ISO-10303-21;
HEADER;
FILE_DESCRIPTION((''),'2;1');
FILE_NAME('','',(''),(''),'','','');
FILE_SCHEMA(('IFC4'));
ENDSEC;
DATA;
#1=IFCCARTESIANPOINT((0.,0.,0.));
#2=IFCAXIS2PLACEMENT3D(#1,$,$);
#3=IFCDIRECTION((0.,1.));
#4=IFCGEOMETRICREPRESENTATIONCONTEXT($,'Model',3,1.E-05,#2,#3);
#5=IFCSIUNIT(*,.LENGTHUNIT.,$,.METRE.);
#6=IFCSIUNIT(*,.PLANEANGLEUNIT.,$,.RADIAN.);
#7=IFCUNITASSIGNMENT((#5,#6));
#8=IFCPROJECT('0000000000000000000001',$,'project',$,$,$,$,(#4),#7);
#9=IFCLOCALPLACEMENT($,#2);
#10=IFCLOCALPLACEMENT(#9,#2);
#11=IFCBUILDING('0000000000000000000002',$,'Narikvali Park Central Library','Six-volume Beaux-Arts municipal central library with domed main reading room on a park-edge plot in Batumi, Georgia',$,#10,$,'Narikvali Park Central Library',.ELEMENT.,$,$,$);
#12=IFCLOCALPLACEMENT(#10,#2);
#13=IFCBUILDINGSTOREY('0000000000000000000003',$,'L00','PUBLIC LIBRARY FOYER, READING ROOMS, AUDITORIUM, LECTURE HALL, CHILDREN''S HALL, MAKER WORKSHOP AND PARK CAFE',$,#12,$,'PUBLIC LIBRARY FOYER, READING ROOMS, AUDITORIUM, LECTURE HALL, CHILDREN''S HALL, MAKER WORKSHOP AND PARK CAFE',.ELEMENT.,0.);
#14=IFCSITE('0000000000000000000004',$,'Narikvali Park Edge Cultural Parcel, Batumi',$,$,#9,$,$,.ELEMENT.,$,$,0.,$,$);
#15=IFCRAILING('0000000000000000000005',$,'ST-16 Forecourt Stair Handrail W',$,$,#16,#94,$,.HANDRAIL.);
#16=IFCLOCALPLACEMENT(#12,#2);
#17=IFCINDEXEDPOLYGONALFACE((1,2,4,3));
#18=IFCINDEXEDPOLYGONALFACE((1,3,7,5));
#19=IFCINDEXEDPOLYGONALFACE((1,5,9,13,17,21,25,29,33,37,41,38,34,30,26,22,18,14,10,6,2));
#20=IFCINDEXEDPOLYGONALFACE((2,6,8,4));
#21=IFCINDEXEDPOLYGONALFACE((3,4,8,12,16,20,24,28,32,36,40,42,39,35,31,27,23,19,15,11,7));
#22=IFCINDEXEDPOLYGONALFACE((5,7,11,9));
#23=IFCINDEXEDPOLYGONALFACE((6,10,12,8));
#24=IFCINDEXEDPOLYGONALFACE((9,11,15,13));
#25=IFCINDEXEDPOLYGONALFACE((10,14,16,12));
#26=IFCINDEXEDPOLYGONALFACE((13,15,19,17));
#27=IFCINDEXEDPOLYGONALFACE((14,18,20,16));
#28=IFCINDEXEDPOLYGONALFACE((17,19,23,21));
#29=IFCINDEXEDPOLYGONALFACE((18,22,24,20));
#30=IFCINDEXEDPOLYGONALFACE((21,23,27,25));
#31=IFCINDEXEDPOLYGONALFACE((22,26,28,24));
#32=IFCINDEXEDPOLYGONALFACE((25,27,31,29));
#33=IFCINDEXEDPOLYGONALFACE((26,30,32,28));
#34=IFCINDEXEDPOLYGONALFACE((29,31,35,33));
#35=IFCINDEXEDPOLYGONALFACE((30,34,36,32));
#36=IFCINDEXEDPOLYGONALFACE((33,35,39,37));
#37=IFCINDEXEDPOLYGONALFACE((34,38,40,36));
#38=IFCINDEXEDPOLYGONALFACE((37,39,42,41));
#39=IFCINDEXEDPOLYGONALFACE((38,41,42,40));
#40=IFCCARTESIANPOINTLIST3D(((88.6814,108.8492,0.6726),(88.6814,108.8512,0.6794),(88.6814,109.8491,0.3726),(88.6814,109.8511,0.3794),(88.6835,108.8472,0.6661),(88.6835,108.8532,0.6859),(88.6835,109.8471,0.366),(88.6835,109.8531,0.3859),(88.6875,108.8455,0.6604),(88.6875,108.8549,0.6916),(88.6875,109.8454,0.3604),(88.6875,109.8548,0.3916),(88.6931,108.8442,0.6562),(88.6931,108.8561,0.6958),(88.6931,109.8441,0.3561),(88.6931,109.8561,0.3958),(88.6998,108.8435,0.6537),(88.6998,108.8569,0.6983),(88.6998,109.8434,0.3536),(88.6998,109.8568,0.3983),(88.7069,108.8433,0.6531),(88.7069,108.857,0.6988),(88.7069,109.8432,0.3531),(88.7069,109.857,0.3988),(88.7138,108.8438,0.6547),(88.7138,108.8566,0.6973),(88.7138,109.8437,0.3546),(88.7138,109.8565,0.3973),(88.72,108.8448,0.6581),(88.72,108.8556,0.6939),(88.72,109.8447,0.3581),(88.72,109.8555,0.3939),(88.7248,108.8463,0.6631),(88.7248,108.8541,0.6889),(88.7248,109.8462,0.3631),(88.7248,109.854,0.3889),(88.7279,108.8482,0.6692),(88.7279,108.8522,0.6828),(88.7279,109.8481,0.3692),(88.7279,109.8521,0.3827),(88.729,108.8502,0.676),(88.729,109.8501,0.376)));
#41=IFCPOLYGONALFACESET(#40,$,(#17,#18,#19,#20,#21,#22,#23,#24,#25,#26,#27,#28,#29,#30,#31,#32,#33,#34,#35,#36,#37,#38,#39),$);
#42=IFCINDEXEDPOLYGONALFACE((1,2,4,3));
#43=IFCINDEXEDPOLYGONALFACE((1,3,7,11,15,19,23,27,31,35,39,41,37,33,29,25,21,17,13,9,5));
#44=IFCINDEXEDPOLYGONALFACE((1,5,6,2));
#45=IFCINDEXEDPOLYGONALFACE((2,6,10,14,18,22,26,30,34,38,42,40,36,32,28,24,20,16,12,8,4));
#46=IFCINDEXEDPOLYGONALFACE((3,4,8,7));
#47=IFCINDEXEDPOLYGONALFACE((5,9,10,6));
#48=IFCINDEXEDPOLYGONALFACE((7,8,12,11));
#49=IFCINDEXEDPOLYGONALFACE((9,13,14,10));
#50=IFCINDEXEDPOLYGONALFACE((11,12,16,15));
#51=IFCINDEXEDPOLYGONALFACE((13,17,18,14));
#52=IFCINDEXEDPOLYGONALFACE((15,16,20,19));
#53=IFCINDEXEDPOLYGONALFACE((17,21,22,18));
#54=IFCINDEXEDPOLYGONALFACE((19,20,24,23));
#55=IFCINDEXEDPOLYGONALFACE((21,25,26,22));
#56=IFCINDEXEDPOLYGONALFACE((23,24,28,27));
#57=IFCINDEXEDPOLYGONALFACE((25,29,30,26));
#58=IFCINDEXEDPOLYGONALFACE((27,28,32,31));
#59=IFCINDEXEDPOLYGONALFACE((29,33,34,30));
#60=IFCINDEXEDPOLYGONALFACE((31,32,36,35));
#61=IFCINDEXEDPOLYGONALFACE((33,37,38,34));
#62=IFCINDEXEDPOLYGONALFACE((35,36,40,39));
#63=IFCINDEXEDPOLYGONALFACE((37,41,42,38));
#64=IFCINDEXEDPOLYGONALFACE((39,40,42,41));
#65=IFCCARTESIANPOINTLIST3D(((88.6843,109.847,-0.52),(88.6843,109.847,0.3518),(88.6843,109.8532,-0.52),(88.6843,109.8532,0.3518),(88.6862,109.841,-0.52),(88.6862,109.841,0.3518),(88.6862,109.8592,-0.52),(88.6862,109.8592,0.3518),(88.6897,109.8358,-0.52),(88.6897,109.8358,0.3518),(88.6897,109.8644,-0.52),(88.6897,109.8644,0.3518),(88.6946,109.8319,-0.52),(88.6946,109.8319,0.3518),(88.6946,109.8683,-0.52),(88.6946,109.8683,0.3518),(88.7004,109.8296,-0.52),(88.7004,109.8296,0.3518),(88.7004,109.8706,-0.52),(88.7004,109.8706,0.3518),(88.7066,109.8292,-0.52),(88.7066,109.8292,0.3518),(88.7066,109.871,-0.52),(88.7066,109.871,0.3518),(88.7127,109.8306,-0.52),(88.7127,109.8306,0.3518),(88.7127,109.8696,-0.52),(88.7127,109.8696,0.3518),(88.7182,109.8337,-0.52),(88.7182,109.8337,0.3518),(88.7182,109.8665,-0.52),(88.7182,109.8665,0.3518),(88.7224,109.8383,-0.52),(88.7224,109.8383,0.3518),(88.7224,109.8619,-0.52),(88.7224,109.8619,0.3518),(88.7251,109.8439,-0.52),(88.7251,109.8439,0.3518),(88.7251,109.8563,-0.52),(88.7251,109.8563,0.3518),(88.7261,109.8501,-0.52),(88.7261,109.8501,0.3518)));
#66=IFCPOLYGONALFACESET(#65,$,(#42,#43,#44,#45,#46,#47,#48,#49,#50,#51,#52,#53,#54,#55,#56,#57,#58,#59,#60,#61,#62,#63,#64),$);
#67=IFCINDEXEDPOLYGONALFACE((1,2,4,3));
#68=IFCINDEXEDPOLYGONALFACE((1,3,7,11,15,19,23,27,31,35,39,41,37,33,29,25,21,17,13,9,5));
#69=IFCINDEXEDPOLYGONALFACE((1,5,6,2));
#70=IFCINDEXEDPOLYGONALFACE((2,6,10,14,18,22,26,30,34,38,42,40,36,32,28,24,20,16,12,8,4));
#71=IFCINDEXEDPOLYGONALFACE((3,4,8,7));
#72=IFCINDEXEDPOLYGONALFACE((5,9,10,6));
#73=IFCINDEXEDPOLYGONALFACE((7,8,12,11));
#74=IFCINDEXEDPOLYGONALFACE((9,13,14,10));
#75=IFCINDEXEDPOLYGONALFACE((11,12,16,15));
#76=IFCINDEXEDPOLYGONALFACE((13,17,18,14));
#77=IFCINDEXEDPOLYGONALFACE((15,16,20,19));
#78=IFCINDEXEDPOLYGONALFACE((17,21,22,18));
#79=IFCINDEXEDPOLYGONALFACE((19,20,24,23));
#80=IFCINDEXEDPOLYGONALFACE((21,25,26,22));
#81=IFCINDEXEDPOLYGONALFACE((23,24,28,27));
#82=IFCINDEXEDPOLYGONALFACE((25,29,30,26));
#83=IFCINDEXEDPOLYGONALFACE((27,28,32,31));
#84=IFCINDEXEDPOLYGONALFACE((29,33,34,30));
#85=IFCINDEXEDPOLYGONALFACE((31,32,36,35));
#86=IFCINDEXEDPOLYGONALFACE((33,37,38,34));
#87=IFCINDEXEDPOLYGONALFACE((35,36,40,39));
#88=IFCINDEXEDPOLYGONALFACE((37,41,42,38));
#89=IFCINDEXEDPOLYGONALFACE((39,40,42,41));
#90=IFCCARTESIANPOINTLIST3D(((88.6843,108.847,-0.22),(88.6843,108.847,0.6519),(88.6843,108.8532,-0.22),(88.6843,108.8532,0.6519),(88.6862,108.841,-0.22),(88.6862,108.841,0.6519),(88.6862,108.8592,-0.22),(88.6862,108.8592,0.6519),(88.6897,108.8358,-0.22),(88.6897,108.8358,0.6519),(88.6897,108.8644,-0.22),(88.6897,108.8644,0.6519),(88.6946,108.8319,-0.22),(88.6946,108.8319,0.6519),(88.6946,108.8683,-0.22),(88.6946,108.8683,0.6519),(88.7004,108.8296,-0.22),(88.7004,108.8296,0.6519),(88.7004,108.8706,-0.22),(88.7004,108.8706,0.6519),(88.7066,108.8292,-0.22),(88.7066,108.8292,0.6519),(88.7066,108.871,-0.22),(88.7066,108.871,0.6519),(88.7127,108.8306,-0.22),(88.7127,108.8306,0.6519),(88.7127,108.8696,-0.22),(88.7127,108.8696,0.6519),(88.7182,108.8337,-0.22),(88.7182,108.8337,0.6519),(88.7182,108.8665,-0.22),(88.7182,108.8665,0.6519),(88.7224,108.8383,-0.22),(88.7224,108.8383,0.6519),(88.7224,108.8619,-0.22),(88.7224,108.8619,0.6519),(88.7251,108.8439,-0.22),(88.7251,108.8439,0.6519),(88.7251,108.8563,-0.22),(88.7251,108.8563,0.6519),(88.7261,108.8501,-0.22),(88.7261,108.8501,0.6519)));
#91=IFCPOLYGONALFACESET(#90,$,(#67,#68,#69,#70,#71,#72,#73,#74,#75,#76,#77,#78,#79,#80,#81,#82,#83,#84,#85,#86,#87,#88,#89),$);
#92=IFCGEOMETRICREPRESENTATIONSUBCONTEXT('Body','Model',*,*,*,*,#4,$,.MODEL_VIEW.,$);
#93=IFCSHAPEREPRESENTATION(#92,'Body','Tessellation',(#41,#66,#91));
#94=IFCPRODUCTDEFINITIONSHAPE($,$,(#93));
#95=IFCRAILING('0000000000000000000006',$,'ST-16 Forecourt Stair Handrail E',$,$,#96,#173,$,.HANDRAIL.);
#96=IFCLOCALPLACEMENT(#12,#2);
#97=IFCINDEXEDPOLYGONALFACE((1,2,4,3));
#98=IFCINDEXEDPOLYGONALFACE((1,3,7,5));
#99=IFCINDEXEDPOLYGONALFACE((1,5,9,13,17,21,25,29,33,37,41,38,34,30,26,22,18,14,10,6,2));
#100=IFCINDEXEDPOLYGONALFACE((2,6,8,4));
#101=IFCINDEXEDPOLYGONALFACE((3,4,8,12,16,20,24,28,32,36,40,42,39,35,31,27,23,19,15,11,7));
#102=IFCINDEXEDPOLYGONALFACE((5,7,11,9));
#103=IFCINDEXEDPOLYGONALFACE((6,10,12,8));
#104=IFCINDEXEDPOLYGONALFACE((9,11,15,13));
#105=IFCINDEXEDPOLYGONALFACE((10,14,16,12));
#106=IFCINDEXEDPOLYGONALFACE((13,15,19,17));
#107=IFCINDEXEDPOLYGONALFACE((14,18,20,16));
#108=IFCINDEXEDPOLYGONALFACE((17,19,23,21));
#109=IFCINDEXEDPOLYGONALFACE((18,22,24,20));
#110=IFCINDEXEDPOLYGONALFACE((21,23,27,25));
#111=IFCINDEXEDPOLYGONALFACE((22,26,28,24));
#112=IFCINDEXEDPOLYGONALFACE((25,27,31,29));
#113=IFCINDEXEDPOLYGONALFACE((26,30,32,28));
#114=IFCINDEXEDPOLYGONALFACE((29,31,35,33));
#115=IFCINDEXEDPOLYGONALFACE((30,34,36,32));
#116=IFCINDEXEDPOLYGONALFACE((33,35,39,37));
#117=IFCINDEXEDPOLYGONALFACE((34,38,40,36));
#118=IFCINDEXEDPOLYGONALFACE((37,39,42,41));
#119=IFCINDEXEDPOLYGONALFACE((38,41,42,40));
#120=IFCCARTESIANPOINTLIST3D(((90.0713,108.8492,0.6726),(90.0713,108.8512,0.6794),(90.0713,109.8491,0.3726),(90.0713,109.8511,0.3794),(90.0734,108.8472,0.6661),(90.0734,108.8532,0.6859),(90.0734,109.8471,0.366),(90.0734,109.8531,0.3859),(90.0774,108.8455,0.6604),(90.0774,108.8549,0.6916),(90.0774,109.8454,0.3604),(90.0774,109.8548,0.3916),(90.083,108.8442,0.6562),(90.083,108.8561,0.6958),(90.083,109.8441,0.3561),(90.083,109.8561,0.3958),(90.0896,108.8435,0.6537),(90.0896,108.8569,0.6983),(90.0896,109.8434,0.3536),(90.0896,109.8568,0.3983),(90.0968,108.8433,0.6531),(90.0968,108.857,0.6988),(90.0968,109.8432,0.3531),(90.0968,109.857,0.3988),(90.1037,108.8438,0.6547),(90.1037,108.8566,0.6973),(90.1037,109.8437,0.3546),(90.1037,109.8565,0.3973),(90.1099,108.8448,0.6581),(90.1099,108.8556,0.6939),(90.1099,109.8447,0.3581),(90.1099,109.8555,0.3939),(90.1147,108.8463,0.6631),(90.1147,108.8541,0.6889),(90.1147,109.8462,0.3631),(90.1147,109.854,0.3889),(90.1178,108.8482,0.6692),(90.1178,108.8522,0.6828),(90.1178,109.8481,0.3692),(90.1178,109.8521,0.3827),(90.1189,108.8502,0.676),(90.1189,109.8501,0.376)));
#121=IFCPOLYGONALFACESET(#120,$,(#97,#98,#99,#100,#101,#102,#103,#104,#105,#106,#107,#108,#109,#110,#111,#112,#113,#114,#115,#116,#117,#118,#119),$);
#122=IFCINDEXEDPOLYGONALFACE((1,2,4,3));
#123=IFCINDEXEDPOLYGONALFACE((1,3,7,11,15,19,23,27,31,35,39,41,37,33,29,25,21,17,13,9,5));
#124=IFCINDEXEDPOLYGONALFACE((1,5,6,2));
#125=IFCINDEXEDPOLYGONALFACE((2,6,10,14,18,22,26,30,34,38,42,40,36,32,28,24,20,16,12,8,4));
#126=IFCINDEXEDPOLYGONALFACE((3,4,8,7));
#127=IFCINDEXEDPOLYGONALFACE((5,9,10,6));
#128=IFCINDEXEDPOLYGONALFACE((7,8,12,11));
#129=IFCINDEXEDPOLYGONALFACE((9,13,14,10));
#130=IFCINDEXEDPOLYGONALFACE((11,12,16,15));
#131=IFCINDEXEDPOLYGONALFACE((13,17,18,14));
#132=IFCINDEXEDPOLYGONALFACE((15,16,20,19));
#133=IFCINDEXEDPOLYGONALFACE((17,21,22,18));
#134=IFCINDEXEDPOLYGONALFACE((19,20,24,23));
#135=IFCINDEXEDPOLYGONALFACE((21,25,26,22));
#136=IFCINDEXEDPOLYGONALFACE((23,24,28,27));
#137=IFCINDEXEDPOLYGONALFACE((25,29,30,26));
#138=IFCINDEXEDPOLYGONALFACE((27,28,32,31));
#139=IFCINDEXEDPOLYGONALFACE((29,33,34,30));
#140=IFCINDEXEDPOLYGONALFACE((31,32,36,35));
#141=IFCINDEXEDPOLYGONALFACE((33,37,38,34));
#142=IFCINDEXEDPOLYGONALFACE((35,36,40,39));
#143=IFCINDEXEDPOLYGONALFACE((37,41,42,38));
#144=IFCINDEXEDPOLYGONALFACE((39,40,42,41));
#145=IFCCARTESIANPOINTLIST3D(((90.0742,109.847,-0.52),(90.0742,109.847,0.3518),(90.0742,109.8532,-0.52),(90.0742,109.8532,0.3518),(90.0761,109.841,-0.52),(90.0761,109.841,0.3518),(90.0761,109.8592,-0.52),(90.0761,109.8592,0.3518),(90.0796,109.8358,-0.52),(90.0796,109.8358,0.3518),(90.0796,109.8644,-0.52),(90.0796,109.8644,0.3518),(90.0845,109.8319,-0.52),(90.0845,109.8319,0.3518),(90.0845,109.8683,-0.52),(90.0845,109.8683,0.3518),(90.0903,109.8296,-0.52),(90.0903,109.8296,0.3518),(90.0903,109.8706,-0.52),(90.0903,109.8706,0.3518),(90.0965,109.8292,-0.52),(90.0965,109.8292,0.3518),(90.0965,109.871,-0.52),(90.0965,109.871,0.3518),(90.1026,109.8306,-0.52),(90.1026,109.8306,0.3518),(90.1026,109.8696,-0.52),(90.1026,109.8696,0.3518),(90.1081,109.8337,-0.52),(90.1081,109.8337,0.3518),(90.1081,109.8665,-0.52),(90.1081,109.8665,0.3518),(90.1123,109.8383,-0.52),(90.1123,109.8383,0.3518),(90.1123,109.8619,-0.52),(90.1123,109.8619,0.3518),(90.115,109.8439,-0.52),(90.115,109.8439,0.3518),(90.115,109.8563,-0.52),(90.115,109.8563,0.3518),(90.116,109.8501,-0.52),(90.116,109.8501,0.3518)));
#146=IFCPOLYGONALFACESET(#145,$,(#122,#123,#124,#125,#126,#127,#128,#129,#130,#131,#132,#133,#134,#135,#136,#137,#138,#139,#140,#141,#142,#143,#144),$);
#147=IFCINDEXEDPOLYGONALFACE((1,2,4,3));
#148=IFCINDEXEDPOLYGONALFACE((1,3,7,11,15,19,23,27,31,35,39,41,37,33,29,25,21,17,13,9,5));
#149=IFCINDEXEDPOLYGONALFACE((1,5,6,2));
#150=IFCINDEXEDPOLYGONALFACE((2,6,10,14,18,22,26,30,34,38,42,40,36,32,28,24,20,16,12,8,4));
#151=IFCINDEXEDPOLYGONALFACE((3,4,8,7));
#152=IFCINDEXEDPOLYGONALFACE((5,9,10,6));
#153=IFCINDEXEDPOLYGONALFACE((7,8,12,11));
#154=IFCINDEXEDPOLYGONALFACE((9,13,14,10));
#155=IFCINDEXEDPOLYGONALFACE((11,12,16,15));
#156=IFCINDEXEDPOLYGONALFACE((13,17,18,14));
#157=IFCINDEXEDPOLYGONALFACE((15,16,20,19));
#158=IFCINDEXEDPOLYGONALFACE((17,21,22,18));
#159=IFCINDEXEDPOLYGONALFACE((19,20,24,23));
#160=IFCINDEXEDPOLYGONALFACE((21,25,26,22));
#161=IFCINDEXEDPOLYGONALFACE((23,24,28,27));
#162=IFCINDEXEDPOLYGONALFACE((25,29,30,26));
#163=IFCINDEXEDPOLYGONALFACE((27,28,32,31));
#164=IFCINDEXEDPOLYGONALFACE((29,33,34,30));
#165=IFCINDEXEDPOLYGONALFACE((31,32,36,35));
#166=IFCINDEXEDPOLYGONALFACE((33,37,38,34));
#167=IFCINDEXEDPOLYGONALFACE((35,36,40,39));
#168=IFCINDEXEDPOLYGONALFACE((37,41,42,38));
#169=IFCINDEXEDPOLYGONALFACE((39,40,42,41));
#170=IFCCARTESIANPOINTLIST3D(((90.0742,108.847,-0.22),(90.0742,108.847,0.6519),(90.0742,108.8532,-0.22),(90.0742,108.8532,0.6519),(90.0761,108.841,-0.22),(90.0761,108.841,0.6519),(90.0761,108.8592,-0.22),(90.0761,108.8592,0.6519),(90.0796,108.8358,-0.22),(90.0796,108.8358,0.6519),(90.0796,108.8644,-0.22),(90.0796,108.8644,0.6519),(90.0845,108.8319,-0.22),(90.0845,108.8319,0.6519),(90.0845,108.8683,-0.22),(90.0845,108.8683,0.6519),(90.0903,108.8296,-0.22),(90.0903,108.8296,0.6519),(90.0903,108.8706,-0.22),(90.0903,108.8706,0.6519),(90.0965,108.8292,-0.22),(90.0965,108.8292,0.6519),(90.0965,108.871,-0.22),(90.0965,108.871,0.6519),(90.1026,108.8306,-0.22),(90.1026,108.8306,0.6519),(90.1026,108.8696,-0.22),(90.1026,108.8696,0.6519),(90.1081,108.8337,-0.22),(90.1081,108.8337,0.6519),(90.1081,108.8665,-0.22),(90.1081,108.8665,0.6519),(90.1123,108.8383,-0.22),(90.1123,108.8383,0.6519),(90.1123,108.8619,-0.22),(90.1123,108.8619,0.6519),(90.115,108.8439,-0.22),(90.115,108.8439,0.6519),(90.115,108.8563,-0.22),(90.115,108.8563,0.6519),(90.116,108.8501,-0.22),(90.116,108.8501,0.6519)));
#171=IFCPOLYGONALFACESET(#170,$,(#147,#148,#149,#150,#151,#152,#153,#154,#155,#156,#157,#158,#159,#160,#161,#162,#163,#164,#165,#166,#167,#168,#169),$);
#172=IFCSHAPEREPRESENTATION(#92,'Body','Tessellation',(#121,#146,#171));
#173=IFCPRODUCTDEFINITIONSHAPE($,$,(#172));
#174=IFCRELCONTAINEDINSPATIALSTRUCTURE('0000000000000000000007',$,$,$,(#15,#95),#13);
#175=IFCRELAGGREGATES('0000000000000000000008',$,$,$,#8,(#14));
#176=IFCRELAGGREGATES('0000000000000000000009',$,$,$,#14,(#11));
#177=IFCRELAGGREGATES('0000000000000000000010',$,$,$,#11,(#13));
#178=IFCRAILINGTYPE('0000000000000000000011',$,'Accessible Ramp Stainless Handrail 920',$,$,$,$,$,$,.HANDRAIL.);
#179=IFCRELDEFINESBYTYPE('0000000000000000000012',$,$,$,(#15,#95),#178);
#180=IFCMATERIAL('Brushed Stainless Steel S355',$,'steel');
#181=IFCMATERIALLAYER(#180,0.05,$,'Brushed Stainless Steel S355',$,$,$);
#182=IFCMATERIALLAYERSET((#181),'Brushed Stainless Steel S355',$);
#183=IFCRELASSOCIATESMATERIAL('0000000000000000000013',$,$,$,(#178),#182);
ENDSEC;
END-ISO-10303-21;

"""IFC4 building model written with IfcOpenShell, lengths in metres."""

from ifc_helpers import new_model, si_unit, direction, frame, origin, origin_2d, place, context, subcontext, project, spatial, circle, extrude, material, layer, layer_set, type_object, element, save


model = new_model("IFC4")

# Units and contexts
model_context = context("Model", 3, precision=1e-05, world=origin(), true_north=direction((0.0, 1.0)))
body_context = subcontext(model_context, "Body", "Model", "MODEL_VIEW")
ifc_project = project(units=[si_unit("LENGTHUNIT", "METRE"), si_unit("PLANEANGLEUNIT", "RADIAN")], contexts=[model_context])

# Site, building, storey
site_placement = place(None, origin())
site = spatial("IfcSite", under=ifc_project, at=site_placement, Name="Narikvali Park Edge Cultural Parcel, Batumi", CompositionType="ELEMENT", RefElevation=0.0)
building_placement = place(site_placement, origin())
building = spatial("IfcBuilding", under=site, at=building_placement, Name="Narikvali Park Central Library", Description="Six-volume Beaux-Arts municipal central library with domed main reading room on a park-edge plot in Batumi, Georgia", LongName="Narikvali Park Central Library", CompositionType="ELEMENT")
storey_placement = place(building_placement, origin())
storey = spatial("IfcBuildingStorey", under=building, at=storey_placement, Name="L00", Description="PUBLIC LIBRARY FOYER, READING ROOMS, AUDITORIUM, LECTURE HALL, CHILDREN'S HALL, MAKER WORKSHOP AND PARK CAFE", LongName="PUBLIC LIBRARY FOYER, READING ROOMS, AUDITORIUM, LECTURE HALL, CHILDREN'S HALL, MAKER WORKSHOP AND PARK CAFE", CompositionType="ELEMENT", Elevation=0.0)

# Railings
ifc_material_1 = material(Name="Brushed Stainless Steel S355", Category="steel")
ifc_layer_1 = layer(ifc_material_1, 0.05, Name="Brushed Stainless Steel S355")
ifc_layer_set_1 = layer_set([ifc_layer_1], Name="Brushed Stainless Steel S355")
railing_type = type_object("IfcRailingType", Name="Accessible Ramp Stainless Handrail 920", PredefinedType="HANDRAIL", material=ifc_layer_set_1)
for number, where, name in (
    (1, (88.7051, 109.8501, -0.52), "ST-16 Forecourt Stair Handrail W"),
    (2, (90.095, 109.8501, -0.52), "ST-16 Forecourt Stair Handrail E"),
):
    element("IfcRailing", number, at=place(storey_placement, frame(where)), inside=storey, type_object=railing_type, Name=name, PredefinedType="HANDRAIL", context=body_context, shape_type="SweptSolid", body=[
        extrude(circle(Radius=0.0239, at=origin_2d()), frame((0.0, 0.0, 0.896), z_axis=(0.0, -0.957813, 0.287391), x_axis=(1.0, 0.0, 0.0)), (0.0, 0.0, 1.0), 1.0439),
        extrude(circle(Radius=0.021, at=origin_2d()), origin(), (0.0, 0.0, 1.0), 0.8718),
        extrude(circle(Radius=0.021, at=origin_2d()), frame((0.0, -1.0, 0.3)), (0.0, 0.0, 1.0), 0.8718),
    ])

save(model, "model.ifc")
